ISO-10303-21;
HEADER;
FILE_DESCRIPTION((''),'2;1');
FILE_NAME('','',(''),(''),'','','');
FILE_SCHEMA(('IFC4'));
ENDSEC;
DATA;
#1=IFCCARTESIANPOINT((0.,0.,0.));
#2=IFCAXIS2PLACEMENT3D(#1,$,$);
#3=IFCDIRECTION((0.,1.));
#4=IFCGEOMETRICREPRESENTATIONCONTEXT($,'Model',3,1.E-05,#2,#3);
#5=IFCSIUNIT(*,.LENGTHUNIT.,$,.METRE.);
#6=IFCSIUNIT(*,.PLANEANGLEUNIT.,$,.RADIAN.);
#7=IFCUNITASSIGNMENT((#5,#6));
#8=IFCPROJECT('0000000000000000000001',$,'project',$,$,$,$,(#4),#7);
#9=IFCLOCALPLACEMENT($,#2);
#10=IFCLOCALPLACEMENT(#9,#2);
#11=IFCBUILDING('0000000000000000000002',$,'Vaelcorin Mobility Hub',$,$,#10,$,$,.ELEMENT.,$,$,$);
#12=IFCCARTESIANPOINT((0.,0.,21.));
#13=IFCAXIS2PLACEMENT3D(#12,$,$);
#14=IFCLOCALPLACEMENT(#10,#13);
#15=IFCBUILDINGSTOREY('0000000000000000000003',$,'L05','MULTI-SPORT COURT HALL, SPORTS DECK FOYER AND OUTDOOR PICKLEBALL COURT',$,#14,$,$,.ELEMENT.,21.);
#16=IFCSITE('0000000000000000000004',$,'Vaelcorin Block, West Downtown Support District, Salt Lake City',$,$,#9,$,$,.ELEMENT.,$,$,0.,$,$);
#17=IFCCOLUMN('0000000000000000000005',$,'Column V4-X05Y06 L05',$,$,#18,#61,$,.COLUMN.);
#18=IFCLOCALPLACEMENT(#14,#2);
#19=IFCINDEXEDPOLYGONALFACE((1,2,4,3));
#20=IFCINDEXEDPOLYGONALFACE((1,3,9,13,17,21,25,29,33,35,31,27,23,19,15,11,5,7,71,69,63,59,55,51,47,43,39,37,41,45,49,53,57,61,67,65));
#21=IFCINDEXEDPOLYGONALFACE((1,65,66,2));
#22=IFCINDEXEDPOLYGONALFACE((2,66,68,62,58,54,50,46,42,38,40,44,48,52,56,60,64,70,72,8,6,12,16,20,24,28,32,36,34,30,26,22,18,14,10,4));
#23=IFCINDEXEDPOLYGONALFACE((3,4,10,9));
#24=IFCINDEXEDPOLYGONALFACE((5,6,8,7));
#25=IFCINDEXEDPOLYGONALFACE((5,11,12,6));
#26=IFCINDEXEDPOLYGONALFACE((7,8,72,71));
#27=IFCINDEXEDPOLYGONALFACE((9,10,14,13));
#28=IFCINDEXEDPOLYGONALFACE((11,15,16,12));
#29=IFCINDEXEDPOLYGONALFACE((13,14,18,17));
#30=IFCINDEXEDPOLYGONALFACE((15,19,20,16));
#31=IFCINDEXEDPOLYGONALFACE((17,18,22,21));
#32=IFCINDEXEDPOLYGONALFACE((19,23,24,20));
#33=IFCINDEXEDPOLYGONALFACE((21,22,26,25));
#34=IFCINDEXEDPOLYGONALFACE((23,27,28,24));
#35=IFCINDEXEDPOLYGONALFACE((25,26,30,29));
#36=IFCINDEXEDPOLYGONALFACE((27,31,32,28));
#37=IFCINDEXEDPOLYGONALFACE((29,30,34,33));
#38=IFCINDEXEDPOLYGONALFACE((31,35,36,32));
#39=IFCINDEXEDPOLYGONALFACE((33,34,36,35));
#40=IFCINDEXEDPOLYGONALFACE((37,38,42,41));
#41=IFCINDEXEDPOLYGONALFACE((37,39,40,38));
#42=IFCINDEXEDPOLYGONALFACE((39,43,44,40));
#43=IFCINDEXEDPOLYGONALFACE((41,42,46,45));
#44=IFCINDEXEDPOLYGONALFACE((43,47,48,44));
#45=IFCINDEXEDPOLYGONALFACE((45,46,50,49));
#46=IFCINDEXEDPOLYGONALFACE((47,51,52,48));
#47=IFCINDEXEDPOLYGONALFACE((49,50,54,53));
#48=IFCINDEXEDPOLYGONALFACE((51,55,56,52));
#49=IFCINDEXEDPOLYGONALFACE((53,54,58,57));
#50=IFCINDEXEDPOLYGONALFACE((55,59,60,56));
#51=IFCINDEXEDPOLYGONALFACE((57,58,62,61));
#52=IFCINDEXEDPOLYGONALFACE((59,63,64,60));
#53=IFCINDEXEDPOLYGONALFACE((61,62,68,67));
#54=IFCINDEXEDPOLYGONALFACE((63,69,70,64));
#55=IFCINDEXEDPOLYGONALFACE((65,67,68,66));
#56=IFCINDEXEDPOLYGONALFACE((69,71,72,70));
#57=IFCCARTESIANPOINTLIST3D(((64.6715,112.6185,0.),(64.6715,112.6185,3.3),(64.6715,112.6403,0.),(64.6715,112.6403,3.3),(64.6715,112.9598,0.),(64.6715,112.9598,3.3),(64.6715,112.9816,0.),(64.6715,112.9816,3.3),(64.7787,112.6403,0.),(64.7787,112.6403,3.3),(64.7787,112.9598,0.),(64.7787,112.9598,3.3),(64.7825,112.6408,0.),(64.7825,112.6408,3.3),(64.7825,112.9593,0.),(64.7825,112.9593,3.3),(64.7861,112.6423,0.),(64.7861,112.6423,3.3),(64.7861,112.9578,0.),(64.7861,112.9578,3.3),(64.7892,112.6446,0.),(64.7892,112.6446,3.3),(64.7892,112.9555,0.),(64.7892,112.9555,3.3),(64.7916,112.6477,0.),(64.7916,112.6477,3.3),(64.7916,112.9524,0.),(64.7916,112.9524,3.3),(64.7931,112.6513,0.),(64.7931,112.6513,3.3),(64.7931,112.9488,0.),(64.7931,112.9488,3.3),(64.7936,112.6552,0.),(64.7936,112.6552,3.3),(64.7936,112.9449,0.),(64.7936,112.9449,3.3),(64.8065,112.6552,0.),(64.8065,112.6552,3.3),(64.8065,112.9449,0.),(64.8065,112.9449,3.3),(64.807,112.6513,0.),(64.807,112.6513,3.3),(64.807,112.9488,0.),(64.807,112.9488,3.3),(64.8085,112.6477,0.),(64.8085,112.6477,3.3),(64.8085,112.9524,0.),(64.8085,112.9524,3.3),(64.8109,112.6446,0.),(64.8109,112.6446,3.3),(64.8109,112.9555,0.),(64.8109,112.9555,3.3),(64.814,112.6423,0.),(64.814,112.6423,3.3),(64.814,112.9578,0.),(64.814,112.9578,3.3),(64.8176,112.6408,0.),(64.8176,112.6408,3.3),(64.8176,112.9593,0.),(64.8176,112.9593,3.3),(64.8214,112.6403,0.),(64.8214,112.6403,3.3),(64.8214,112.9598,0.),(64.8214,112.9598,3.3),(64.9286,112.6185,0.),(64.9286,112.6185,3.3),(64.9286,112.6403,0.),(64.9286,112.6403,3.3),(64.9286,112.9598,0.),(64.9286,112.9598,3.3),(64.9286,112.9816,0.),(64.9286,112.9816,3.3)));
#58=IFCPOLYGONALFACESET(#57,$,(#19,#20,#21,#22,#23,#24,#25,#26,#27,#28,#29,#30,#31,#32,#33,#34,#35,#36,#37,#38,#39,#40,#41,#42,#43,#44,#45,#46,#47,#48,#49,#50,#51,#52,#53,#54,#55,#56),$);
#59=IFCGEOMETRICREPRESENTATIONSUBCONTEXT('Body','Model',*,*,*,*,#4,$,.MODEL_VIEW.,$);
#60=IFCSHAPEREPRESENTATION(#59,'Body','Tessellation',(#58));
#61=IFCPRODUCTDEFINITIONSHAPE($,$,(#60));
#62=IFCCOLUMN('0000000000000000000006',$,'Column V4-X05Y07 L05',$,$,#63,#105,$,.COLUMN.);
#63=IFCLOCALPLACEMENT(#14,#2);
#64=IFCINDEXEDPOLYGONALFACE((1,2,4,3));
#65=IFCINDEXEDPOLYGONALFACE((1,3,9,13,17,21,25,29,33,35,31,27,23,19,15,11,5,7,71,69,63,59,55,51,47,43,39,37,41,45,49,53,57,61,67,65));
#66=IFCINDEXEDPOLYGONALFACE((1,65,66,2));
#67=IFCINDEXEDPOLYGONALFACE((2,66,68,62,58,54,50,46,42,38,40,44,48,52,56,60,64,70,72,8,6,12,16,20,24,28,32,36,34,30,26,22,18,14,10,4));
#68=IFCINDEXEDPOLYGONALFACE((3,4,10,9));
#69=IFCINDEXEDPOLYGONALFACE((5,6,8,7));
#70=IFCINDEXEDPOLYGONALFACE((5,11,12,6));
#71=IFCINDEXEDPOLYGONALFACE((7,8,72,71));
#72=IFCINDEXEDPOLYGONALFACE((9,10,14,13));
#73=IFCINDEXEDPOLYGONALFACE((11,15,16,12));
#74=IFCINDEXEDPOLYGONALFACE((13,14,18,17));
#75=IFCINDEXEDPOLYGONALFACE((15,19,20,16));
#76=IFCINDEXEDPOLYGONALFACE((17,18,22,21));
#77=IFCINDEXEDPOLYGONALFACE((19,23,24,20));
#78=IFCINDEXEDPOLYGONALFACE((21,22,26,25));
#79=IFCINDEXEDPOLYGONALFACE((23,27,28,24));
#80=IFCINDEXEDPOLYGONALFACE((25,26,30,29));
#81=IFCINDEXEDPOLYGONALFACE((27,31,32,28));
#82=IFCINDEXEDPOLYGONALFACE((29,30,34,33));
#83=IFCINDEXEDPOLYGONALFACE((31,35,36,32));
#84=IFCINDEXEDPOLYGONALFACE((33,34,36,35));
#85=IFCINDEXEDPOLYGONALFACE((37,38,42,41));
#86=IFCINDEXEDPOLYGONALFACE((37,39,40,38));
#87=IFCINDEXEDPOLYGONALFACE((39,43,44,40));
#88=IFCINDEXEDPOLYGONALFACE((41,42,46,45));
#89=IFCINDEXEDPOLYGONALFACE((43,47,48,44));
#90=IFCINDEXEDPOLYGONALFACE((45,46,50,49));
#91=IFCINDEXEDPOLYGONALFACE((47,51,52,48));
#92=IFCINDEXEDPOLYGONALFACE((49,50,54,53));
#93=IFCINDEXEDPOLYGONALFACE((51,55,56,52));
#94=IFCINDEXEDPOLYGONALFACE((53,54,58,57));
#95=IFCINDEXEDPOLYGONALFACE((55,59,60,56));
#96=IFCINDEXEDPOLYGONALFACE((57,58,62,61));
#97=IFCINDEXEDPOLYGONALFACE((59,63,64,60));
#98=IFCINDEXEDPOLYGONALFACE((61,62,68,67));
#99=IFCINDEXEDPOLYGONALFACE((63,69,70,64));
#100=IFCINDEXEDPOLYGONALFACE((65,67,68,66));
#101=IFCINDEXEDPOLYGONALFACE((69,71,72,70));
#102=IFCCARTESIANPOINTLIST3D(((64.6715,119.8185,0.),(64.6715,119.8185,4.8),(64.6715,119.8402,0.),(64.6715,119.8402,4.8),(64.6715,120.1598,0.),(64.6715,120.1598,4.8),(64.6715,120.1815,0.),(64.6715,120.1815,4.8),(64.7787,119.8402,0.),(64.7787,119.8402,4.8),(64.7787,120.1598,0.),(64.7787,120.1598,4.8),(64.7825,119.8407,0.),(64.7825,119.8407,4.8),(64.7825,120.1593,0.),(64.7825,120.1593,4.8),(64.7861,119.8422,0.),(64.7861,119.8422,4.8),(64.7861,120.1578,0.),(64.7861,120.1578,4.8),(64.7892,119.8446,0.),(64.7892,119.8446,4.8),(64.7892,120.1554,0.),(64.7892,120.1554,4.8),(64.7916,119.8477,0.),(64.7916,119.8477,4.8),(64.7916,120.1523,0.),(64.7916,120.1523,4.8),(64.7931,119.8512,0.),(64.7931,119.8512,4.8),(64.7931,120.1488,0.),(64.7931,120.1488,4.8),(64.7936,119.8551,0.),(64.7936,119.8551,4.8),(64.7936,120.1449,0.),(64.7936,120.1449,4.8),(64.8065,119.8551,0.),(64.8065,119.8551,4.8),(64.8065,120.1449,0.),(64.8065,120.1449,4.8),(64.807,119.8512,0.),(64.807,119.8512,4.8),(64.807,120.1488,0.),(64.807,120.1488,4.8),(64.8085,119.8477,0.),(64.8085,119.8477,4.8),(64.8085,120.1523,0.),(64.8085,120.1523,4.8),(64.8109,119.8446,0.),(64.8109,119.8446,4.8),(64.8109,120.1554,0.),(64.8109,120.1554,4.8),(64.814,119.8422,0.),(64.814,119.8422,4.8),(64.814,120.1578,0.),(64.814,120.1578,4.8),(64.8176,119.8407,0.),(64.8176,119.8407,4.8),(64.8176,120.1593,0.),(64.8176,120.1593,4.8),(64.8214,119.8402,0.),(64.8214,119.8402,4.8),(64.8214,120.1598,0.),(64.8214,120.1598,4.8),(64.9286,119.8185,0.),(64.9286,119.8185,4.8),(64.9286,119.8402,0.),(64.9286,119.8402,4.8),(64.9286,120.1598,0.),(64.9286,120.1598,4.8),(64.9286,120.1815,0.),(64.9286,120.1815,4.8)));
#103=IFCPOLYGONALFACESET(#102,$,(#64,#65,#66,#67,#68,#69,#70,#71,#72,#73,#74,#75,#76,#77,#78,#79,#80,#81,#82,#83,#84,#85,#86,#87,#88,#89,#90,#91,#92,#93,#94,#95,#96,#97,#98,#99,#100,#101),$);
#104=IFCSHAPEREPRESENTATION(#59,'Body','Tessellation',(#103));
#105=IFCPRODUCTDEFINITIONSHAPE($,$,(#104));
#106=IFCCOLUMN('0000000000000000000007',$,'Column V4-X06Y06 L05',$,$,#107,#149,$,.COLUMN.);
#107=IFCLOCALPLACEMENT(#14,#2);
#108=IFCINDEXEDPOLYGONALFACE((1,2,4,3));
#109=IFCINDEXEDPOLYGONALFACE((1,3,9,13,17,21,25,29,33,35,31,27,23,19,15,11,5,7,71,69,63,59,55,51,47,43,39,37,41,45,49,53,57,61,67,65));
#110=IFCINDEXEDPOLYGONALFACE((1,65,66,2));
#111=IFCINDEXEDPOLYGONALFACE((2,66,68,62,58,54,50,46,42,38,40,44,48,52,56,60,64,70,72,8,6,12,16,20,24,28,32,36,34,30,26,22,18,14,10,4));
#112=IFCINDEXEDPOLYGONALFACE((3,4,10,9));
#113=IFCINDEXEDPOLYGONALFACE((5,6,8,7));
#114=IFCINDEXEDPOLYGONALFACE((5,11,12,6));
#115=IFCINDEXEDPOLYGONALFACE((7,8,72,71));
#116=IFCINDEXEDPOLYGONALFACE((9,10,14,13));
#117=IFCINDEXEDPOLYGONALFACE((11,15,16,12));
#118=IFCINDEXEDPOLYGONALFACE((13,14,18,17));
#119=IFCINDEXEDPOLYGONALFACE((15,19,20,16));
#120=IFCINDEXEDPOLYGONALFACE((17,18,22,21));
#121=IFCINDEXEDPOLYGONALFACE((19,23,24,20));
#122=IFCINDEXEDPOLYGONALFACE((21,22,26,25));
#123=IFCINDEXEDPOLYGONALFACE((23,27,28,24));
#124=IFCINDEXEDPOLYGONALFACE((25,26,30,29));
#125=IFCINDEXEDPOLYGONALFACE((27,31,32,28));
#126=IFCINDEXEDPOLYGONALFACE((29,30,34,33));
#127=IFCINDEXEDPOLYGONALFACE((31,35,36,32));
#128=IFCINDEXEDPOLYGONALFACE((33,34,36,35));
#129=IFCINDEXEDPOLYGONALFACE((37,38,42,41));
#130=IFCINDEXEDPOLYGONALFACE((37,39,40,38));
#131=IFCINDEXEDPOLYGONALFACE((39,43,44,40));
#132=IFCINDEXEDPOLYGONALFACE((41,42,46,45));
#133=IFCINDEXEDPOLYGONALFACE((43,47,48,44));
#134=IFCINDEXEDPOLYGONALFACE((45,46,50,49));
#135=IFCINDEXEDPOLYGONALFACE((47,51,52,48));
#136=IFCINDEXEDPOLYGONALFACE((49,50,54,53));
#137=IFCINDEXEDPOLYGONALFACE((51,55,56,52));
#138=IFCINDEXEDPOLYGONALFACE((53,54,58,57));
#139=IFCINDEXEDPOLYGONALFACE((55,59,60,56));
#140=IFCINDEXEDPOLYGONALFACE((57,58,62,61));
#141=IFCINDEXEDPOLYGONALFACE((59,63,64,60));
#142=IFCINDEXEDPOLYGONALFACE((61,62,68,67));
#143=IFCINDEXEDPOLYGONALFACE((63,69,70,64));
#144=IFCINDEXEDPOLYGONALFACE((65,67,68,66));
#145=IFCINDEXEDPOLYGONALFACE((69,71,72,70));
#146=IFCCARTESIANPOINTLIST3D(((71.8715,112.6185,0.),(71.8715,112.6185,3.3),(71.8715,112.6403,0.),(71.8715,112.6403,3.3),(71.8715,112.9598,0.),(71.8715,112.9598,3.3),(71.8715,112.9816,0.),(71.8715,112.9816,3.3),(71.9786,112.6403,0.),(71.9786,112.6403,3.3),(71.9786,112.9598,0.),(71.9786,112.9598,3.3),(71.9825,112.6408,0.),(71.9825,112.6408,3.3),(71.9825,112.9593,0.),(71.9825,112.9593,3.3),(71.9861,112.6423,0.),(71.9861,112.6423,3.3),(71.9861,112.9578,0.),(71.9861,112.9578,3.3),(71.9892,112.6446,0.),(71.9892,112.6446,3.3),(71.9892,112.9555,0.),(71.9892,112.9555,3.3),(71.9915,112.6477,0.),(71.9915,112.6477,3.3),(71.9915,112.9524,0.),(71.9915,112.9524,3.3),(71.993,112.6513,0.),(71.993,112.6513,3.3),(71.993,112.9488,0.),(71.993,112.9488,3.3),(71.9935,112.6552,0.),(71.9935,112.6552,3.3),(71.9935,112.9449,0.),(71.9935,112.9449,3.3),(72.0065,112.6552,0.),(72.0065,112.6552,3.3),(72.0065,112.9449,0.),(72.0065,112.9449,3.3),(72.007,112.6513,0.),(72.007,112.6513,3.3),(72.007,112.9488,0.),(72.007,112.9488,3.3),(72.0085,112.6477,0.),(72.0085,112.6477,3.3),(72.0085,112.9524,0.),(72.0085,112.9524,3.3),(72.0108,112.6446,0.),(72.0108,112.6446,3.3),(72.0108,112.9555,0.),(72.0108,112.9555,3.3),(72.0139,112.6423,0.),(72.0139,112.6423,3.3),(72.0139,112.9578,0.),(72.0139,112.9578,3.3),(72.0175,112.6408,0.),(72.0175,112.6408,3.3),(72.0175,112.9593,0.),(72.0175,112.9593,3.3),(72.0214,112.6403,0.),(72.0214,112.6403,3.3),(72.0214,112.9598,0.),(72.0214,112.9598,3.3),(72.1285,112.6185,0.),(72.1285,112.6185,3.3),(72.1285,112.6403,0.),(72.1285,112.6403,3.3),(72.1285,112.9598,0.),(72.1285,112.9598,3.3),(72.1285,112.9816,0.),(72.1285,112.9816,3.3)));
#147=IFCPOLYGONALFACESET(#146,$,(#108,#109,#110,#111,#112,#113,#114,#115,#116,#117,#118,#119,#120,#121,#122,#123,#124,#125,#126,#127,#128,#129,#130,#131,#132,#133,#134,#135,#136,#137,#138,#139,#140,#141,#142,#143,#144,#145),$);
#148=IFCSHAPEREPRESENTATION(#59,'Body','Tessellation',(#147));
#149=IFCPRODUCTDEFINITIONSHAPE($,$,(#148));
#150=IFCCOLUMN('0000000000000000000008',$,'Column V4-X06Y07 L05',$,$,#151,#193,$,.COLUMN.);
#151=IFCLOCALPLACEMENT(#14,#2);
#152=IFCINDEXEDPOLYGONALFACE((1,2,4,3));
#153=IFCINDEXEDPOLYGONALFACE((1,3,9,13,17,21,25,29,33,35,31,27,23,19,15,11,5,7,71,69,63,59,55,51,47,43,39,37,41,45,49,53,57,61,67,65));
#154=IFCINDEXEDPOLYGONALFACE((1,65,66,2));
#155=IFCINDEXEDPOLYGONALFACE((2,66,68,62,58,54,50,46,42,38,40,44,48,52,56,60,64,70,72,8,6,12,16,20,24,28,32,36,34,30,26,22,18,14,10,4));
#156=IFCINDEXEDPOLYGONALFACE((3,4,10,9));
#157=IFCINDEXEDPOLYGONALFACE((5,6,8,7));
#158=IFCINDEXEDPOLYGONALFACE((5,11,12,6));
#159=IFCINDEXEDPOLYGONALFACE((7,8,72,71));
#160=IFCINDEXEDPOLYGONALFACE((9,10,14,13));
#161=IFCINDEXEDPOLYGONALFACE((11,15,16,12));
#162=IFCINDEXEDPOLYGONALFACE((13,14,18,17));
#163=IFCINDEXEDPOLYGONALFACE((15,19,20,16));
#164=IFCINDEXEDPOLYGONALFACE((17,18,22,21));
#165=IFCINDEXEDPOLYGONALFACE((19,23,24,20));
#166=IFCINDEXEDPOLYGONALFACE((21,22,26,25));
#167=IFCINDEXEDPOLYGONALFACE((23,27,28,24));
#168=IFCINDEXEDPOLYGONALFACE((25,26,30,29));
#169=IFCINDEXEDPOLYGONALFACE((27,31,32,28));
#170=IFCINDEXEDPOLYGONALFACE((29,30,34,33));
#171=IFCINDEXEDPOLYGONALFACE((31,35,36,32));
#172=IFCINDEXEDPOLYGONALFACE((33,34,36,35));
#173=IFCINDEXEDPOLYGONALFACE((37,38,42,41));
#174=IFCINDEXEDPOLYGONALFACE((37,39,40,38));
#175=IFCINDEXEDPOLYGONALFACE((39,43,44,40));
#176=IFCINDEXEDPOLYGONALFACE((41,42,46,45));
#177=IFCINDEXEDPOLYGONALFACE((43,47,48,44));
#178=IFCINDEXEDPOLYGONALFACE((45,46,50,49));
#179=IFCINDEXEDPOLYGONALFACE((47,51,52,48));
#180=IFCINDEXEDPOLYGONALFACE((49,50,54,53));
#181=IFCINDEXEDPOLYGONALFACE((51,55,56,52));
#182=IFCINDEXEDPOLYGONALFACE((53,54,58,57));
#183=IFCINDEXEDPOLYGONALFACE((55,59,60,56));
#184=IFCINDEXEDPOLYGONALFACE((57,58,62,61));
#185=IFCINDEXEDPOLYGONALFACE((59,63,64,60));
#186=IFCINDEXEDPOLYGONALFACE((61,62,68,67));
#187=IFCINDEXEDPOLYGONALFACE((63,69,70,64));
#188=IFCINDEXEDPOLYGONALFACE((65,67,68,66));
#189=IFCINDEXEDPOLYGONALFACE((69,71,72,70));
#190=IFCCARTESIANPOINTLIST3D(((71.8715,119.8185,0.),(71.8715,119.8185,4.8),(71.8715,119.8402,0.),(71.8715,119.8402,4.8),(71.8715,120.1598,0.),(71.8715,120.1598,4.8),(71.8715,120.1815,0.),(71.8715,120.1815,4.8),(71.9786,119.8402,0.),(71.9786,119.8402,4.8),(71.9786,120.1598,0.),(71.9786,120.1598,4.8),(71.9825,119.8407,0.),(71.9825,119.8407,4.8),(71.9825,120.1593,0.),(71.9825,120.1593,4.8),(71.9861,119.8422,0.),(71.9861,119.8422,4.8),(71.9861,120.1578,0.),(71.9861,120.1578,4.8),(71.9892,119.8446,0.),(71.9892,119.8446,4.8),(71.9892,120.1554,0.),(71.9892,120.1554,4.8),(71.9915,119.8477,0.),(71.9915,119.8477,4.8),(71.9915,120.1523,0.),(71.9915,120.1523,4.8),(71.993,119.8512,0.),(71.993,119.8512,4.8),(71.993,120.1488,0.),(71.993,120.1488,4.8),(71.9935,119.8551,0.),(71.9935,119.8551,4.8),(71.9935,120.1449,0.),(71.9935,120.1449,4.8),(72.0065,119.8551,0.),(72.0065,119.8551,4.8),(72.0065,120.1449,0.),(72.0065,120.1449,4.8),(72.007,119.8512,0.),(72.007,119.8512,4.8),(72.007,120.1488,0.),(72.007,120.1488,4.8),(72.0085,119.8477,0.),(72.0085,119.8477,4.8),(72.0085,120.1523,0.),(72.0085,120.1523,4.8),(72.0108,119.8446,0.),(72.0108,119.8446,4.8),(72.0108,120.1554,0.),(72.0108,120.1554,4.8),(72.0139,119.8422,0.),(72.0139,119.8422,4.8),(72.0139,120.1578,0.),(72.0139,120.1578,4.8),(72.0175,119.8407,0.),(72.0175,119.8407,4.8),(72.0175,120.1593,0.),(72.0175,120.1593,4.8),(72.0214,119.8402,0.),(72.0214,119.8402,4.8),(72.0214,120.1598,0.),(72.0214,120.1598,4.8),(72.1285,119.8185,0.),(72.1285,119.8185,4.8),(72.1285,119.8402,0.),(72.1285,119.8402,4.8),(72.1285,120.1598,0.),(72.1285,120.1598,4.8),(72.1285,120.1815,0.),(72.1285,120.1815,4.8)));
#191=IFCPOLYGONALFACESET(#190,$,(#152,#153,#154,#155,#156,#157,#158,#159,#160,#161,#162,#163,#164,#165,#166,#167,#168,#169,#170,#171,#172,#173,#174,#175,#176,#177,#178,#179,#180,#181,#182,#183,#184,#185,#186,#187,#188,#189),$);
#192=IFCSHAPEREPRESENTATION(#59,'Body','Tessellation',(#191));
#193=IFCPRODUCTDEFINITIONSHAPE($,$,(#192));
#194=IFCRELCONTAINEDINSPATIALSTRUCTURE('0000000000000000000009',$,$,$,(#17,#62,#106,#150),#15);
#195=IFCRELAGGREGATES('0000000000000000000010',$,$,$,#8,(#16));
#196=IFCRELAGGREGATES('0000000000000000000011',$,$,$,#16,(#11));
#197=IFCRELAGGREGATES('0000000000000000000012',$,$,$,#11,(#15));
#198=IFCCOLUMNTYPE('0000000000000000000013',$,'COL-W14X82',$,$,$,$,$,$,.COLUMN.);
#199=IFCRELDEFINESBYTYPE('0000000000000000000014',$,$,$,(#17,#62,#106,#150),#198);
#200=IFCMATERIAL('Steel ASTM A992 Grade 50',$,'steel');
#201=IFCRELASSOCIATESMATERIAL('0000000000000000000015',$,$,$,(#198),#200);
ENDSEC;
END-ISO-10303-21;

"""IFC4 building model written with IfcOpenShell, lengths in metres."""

from ifc_helpers import new_model, si_unit, direction, frame, origin, origin_2d, place, context, subcontext, project, spatial, i_section, extrude, material, material_profile, profile_set, type_object, element, save


model = new_model("IFC4")

# Units and contexts
model_context = context("Model", 3, precision=1e-05, world=origin(), true_north=direction((0.0, 1.0)))
body_context = subcontext(model_context, "Body", "Model", "MODEL_VIEW")
ifc_project = project(units=[si_unit("LENGTHUNIT", "METRE"), si_unit("PLANEANGLEUNIT", "RADIAN")], contexts=[model_context])

# Site, building, storey
site_placement = place(None, origin())
site = spatial("IfcSite", under=ifc_project, at=site_placement, Name="Vaelcorin Block, West Downtown Support District, Salt Lake City", CompositionType="ELEMENT", RefElevation=0.0)
building_placement = place(site_placement, origin())
building = spatial("IfcBuilding", under=site, at=building_placement, Name="Vaelcorin Mobility Hub", CompositionType="ELEMENT")
storey_placement = place(building_placement, frame((0.0, 0.0, 21.0)))
storey = spatial("IfcBuildingStorey", under=building, at=storey_placement, Name="L05", Description="MULTI-SPORT COURT HALL, SPORTS DECK FOYER AND OUTDOOR PICKLEBALL COURT", CompositionType="ELEMENT", Elevation=21.0)

# Columns
ifc_material_1 = material(Name="Steel ASTM A992 Grade 50", Category="steel")
ifc_material_profile_1 = material_profile(ifc_material_1, i_section(OverallWidth=0.2571, OverallDepth=0.363, WebThickness=0.0129, FlangeThickness=0.0217, FilletRadius=0.0149, at=origin_2d()), Name="W14X82")
ifc_profile_set_1 = profile_set([ifc_material_profile_1], Name="Steel ASTM A992 Grade 50")
column_type = type_object("IfcColumnType", Name="COL-W14X82", PredefinedType="COLUMN", material=ifc_profile_set_1)
column_1_placement = place(storey_placement, frame((64.8, 112.8, 0.0), z_axis=(0.0, 0.0, 1.0), x_axis=(1.0, 0.0, 0.0)))
element("IfcColumn", 1, at=column_1_placement, inside=storey, type_object=column_type, Name="Column V4-X05Y06 L05", PredefinedType="COLUMN", context=body_context, shape_type="SweptSolid", body=[
    extrude(i_section(OverallWidth=0.2571, OverallDepth=0.363, WebThickness=0.0129, FlangeThickness=0.0217, FilletRadius=0.0149, at=origin_2d()), origin(), (0.0, 0.0, 1.0), 3.3),
])
column_2_placement = place(storey_placement, frame((64.8, 120.0, 0.0), z_axis=(0.0, 0.0, 1.0), x_axis=(1.0, 0.0, 0.0)))
element("IfcColumn", 2, at=column_2_placement, inside=storey, type_object=column_type, Name="Column V4-X05Y07 L05", PredefinedType="COLUMN", context=body_context, shape_type="SweptSolid", body=[
    extrude(i_section(OverallWidth=0.2571, OverallDepth=0.363, WebThickness=0.0129, FlangeThickness=0.0217, FilletRadius=0.0149, at=origin_2d()), origin(), (0.0, 0.0, 1.0), 4.8),
])
column_3_placement = place(storey_placement, frame((72.0, 112.8, 0.0), z_axis=(0.0, 0.0, 1.0), x_axis=(1.0, 0.0, 0.0)))
element("IfcColumn", 3, at=column_3_placement, inside=storey, type_object=column_type, Name="Column V4-X06Y06 L05", PredefinedType="COLUMN", context=body_context, shape_type="SweptSolid", body=[
    extrude(i_section(OverallWidth=0.2571, OverallDepth=0.363, WebThickness=0.0129, FlangeThickness=0.0217, FilletRadius=0.0149, at=origin_2d()), origin(), (0.0, 0.0, 1.0), 3.3),
])
column_4_placement = place(storey_placement, frame((72.0, 120.0, 0.0), z_axis=(0.0, 0.0, 1.0), x_axis=(1.0, 0.0, 0.0)))
element("IfcColumn", 4, at=column_4_placement, inside=storey, type_object=column_type, Name="Column V4-X06Y07 L05", PredefinedType="COLUMN", context=body_context, shape_type="SweptSolid", body=[
    extrude(i_section(OverallWidth=0.2571, OverallDepth=0.363, WebThickness=0.0129, FlangeThickness=0.0217, FilletRadius=0.0149, at=origin_2d()), origin(), (0.0, 0.0, 1.0), 4.8),
])

save(model, "model.ifc")
